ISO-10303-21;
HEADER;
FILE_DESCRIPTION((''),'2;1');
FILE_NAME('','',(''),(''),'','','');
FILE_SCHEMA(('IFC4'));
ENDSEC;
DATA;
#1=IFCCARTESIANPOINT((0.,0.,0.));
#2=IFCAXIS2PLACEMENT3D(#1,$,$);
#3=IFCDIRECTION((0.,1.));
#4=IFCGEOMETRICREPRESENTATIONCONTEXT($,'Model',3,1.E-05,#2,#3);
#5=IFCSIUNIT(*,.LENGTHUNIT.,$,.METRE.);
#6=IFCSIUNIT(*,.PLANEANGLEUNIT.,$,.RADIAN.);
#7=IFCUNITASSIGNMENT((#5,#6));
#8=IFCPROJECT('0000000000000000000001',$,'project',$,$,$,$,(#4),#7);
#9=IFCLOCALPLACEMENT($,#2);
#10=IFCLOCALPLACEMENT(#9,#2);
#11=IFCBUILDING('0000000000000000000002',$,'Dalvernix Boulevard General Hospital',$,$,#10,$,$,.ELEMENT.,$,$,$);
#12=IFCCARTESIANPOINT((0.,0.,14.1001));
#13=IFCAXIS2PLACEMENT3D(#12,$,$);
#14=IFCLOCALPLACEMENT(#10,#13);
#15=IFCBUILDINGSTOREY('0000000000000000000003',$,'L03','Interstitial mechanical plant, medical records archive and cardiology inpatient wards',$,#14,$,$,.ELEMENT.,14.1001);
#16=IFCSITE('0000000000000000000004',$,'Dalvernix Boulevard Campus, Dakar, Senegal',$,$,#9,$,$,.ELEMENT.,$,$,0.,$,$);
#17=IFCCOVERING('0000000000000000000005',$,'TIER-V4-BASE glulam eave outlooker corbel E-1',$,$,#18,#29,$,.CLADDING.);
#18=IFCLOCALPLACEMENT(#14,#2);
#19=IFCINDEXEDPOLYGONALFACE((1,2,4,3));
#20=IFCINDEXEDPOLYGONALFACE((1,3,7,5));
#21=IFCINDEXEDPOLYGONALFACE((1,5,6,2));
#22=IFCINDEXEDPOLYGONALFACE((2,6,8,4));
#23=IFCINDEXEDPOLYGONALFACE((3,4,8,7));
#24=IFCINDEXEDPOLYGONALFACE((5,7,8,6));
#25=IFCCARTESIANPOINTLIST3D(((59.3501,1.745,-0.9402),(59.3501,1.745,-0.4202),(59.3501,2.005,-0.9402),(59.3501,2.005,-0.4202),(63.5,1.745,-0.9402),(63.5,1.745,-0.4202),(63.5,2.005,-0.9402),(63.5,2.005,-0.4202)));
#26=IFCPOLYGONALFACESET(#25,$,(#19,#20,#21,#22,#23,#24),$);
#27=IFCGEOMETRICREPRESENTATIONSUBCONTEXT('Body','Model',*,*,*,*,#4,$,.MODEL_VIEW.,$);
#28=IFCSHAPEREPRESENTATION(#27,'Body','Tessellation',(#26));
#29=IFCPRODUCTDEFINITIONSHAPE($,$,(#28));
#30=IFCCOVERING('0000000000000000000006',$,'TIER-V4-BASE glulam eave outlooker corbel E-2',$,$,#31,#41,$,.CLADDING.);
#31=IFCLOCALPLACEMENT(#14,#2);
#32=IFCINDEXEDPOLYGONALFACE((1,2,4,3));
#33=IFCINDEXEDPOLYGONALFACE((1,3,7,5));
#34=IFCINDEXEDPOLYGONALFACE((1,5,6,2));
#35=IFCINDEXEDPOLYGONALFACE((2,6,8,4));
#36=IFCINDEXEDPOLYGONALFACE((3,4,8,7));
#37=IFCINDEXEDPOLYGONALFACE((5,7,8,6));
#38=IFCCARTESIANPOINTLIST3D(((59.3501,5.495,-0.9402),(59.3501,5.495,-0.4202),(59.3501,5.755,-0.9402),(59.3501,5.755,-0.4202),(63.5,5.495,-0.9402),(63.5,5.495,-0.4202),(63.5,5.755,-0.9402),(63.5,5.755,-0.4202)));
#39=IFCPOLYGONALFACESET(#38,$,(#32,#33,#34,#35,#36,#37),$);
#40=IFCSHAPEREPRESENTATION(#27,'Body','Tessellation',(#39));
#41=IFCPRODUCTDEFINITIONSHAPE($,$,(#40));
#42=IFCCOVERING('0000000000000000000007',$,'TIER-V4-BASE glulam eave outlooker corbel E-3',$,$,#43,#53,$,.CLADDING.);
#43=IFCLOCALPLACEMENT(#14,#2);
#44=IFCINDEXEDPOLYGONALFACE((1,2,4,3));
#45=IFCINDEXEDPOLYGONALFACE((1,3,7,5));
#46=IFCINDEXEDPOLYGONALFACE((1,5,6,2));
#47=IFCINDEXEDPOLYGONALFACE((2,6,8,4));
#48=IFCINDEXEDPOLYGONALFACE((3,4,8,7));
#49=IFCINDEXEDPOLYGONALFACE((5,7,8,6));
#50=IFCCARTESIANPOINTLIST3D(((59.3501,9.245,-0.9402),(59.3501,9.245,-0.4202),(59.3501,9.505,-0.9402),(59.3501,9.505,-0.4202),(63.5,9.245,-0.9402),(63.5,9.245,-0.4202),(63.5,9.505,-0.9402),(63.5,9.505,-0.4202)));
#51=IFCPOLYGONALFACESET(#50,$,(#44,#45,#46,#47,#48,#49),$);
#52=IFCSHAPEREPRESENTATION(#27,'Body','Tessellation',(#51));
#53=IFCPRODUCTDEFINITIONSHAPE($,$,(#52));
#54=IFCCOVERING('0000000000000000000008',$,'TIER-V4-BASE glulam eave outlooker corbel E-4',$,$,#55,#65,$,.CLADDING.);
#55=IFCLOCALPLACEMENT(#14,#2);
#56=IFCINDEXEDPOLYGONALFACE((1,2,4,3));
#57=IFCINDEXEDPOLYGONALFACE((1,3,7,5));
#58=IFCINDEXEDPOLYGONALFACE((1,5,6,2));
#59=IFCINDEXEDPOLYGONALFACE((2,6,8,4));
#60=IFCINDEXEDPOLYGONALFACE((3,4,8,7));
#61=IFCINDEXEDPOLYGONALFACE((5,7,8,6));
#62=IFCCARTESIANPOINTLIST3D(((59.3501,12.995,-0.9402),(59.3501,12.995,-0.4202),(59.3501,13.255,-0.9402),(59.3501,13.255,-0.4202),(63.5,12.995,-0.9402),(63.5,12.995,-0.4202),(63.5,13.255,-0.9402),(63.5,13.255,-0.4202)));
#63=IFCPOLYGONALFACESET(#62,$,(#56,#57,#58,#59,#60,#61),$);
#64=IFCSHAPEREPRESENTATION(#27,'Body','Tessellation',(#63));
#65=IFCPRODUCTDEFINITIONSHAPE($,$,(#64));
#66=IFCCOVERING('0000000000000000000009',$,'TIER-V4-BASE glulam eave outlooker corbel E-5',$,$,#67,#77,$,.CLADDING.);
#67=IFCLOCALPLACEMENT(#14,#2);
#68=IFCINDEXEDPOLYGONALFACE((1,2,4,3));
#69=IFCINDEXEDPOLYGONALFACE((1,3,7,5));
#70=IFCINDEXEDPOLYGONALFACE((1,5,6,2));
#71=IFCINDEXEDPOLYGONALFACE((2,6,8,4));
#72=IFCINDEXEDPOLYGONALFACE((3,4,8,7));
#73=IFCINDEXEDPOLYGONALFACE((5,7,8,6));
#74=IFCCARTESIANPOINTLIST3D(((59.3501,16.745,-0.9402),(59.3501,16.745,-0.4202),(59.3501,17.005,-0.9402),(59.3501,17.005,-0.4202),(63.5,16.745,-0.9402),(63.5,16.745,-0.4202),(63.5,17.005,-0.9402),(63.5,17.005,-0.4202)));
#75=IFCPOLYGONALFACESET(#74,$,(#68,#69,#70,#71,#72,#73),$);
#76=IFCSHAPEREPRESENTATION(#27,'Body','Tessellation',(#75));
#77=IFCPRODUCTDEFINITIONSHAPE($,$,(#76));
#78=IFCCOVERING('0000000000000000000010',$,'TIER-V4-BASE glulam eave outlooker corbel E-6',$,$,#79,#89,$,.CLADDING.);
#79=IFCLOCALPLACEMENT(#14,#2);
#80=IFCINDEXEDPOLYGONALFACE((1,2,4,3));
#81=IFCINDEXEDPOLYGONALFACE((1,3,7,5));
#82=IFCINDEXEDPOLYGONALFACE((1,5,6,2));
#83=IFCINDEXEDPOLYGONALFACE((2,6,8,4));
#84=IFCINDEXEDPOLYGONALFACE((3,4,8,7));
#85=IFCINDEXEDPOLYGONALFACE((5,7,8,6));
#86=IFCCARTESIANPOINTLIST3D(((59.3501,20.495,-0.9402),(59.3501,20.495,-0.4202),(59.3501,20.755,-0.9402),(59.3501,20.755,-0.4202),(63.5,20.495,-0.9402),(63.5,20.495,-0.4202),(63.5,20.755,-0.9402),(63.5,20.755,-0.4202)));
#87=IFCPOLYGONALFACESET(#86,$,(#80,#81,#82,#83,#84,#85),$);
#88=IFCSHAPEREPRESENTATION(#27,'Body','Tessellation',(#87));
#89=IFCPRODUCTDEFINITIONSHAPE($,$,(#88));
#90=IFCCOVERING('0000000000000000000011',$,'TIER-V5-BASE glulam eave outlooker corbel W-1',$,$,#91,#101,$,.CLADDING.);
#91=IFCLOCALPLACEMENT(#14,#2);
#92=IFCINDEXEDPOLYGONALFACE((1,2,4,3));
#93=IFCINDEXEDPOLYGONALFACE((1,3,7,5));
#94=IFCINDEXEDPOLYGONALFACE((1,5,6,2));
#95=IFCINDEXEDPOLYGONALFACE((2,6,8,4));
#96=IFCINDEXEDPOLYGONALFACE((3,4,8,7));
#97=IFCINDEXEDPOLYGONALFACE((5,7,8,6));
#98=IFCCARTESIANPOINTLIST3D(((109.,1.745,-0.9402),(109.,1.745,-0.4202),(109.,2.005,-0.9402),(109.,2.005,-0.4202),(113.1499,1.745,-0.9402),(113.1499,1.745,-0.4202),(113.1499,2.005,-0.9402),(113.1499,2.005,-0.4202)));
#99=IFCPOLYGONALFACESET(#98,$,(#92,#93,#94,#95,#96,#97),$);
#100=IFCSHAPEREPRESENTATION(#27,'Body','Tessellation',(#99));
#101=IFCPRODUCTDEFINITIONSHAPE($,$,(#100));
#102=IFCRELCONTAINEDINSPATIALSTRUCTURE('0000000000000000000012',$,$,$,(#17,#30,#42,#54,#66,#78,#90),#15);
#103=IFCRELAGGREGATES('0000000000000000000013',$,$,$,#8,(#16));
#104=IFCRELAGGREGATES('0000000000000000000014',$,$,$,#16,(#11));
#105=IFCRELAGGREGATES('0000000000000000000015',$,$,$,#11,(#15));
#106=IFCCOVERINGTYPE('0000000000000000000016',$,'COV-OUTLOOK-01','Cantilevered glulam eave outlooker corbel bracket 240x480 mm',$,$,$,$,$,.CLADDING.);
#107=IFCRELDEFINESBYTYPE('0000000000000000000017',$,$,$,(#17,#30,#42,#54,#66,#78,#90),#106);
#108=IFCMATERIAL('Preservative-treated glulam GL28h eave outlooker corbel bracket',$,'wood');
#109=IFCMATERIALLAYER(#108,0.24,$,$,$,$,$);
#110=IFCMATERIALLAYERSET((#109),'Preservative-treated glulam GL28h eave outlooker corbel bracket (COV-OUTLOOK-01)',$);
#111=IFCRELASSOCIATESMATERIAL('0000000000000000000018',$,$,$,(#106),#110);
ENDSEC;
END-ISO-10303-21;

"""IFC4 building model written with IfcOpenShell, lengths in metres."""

from ifc_helpers import new_model, si_unit, direction, frame, origin, origin_2d, place, context, subcontext, project, spatial, rectangle, extrude, material, layer, layer_set, type_object, element, save


model = new_model("IFC4")

# Units and contexts
model_context = context("Model", 3, precision=1e-05, world=origin(), true_north=direction((0.0, 1.0)))
body_context = subcontext(model_context, "Body", "Model", "MODEL_VIEW")
ifc_project = project(units=[si_unit("LENGTHUNIT", "METRE"), si_unit("PLANEANGLEUNIT", "RADIAN")], contexts=[model_context])

# Site, building, storey
site_placement = place(None, origin())
site = spatial("IfcSite", under=ifc_project, at=site_placement, Name="Dalvernix Boulevard Campus, Dakar, Senegal", CompositionType="ELEMENT", RefElevation=0.0)
building_placement = place(site_placement, origin())
building = spatial("IfcBuilding", under=site, at=building_placement, Name="Dalvernix Boulevard General Hospital", CompositionType="ELEMENT")
storey_placement = place(building_placement, frame((0.0, 0.0, 14.1001)))
storey = spatial("IfcBuildingStorey", under=building, at=storey_placement, Name="L03", Description="Interstitial mechanical plant, medical records archive and cardiology inpatient wards", CompositionType="ELEMENT", Elevation=14.1001)

# Coverings
ifc_material_1 = material(Name="Preservative-treated glulam GL28h eave outlooker corbel bracket", Category="wood")
ifc_layer_1 = layer(ifc_material_1, 0.24)
ifc_layer_set_1 = layer_set([ifc_layer_1], Name="Preservative-treated glulam GL28h eave outlooker corbel bracket (COV-OUTLOOK-01)")
covering_type_1 = type_object("IfcCoveringType", Name="COV-OUTLOOK-01", Description="Cantilevered glulam eave outlooker corbel bracket 240x480 mm", PredefinedType="CLADDING", material=ifc_layer_set_1)
for number, where, z_axis, x_axis, name in (
    (1, (61.425, 1.875, -0.9402), (0.0, 0.0, 1.0), (1.0, 0.0, 0.0), "TIER-V4-BASE glulam eave outlooker corbel E-1"),
    (2, (61.425, 5.625, -0.9402), (0.0, 0.0, 1.0), (1.0, 0.0, 0.0), "TIER-V4-BASE glulam eave outlooker corbel E-2"),
    (3, (61.425, 9.375, -0.9402), (0.0, 0.0, 1.0), (1.0, 0.0, 0.0), "TIER-V4-BASE glulam eave outlooker corbel E-3"),
    (4, (61.425, 13.125, -0.9402), (0.0, 0.0, 1.0), (1.0, 0.0, 0.0), "TIER-V4-BASE glulam eave outlooker corbel E-4"),
    (5, (61.425, 16.875, -0.9402), (0.0, 0.0, 1.0), (1.0, 0.0, 0.0), "TIER-V4-BASE glulam eave outlooker corbel E-5"),
    (6, (61.425, 20.625, -0.9402), (0.0, 0.0, 1.0), (1.0, 0.0, 0.0), "TIER-V4-BASE glulam eave outlooker corbel E-6"),
    (7, (111.075, 1.875, -0.9402), (0.0, 0.0, 1.0), (1.0, 0.0, 0.0), "TIER-V5-BASE glulam eave outlooker corbel W-1"),
):
    element("IfcCovering", number, at=place(storey_placement, frame(where, z_axis=z_axis, x_axis=x_axis)), inside=storey, type_object=covering_type_1, Name=name, PredefinedType="CLADDING", context=body_context, shape_type="SweptSolid", body=[
        extrude(rectangle(XDim=4.1499, YDim=0.26, at=origin_2d()), origin(), (0.0, 0.0, 1.0), 0.52),
    ])

save(model, "model.ifc")
